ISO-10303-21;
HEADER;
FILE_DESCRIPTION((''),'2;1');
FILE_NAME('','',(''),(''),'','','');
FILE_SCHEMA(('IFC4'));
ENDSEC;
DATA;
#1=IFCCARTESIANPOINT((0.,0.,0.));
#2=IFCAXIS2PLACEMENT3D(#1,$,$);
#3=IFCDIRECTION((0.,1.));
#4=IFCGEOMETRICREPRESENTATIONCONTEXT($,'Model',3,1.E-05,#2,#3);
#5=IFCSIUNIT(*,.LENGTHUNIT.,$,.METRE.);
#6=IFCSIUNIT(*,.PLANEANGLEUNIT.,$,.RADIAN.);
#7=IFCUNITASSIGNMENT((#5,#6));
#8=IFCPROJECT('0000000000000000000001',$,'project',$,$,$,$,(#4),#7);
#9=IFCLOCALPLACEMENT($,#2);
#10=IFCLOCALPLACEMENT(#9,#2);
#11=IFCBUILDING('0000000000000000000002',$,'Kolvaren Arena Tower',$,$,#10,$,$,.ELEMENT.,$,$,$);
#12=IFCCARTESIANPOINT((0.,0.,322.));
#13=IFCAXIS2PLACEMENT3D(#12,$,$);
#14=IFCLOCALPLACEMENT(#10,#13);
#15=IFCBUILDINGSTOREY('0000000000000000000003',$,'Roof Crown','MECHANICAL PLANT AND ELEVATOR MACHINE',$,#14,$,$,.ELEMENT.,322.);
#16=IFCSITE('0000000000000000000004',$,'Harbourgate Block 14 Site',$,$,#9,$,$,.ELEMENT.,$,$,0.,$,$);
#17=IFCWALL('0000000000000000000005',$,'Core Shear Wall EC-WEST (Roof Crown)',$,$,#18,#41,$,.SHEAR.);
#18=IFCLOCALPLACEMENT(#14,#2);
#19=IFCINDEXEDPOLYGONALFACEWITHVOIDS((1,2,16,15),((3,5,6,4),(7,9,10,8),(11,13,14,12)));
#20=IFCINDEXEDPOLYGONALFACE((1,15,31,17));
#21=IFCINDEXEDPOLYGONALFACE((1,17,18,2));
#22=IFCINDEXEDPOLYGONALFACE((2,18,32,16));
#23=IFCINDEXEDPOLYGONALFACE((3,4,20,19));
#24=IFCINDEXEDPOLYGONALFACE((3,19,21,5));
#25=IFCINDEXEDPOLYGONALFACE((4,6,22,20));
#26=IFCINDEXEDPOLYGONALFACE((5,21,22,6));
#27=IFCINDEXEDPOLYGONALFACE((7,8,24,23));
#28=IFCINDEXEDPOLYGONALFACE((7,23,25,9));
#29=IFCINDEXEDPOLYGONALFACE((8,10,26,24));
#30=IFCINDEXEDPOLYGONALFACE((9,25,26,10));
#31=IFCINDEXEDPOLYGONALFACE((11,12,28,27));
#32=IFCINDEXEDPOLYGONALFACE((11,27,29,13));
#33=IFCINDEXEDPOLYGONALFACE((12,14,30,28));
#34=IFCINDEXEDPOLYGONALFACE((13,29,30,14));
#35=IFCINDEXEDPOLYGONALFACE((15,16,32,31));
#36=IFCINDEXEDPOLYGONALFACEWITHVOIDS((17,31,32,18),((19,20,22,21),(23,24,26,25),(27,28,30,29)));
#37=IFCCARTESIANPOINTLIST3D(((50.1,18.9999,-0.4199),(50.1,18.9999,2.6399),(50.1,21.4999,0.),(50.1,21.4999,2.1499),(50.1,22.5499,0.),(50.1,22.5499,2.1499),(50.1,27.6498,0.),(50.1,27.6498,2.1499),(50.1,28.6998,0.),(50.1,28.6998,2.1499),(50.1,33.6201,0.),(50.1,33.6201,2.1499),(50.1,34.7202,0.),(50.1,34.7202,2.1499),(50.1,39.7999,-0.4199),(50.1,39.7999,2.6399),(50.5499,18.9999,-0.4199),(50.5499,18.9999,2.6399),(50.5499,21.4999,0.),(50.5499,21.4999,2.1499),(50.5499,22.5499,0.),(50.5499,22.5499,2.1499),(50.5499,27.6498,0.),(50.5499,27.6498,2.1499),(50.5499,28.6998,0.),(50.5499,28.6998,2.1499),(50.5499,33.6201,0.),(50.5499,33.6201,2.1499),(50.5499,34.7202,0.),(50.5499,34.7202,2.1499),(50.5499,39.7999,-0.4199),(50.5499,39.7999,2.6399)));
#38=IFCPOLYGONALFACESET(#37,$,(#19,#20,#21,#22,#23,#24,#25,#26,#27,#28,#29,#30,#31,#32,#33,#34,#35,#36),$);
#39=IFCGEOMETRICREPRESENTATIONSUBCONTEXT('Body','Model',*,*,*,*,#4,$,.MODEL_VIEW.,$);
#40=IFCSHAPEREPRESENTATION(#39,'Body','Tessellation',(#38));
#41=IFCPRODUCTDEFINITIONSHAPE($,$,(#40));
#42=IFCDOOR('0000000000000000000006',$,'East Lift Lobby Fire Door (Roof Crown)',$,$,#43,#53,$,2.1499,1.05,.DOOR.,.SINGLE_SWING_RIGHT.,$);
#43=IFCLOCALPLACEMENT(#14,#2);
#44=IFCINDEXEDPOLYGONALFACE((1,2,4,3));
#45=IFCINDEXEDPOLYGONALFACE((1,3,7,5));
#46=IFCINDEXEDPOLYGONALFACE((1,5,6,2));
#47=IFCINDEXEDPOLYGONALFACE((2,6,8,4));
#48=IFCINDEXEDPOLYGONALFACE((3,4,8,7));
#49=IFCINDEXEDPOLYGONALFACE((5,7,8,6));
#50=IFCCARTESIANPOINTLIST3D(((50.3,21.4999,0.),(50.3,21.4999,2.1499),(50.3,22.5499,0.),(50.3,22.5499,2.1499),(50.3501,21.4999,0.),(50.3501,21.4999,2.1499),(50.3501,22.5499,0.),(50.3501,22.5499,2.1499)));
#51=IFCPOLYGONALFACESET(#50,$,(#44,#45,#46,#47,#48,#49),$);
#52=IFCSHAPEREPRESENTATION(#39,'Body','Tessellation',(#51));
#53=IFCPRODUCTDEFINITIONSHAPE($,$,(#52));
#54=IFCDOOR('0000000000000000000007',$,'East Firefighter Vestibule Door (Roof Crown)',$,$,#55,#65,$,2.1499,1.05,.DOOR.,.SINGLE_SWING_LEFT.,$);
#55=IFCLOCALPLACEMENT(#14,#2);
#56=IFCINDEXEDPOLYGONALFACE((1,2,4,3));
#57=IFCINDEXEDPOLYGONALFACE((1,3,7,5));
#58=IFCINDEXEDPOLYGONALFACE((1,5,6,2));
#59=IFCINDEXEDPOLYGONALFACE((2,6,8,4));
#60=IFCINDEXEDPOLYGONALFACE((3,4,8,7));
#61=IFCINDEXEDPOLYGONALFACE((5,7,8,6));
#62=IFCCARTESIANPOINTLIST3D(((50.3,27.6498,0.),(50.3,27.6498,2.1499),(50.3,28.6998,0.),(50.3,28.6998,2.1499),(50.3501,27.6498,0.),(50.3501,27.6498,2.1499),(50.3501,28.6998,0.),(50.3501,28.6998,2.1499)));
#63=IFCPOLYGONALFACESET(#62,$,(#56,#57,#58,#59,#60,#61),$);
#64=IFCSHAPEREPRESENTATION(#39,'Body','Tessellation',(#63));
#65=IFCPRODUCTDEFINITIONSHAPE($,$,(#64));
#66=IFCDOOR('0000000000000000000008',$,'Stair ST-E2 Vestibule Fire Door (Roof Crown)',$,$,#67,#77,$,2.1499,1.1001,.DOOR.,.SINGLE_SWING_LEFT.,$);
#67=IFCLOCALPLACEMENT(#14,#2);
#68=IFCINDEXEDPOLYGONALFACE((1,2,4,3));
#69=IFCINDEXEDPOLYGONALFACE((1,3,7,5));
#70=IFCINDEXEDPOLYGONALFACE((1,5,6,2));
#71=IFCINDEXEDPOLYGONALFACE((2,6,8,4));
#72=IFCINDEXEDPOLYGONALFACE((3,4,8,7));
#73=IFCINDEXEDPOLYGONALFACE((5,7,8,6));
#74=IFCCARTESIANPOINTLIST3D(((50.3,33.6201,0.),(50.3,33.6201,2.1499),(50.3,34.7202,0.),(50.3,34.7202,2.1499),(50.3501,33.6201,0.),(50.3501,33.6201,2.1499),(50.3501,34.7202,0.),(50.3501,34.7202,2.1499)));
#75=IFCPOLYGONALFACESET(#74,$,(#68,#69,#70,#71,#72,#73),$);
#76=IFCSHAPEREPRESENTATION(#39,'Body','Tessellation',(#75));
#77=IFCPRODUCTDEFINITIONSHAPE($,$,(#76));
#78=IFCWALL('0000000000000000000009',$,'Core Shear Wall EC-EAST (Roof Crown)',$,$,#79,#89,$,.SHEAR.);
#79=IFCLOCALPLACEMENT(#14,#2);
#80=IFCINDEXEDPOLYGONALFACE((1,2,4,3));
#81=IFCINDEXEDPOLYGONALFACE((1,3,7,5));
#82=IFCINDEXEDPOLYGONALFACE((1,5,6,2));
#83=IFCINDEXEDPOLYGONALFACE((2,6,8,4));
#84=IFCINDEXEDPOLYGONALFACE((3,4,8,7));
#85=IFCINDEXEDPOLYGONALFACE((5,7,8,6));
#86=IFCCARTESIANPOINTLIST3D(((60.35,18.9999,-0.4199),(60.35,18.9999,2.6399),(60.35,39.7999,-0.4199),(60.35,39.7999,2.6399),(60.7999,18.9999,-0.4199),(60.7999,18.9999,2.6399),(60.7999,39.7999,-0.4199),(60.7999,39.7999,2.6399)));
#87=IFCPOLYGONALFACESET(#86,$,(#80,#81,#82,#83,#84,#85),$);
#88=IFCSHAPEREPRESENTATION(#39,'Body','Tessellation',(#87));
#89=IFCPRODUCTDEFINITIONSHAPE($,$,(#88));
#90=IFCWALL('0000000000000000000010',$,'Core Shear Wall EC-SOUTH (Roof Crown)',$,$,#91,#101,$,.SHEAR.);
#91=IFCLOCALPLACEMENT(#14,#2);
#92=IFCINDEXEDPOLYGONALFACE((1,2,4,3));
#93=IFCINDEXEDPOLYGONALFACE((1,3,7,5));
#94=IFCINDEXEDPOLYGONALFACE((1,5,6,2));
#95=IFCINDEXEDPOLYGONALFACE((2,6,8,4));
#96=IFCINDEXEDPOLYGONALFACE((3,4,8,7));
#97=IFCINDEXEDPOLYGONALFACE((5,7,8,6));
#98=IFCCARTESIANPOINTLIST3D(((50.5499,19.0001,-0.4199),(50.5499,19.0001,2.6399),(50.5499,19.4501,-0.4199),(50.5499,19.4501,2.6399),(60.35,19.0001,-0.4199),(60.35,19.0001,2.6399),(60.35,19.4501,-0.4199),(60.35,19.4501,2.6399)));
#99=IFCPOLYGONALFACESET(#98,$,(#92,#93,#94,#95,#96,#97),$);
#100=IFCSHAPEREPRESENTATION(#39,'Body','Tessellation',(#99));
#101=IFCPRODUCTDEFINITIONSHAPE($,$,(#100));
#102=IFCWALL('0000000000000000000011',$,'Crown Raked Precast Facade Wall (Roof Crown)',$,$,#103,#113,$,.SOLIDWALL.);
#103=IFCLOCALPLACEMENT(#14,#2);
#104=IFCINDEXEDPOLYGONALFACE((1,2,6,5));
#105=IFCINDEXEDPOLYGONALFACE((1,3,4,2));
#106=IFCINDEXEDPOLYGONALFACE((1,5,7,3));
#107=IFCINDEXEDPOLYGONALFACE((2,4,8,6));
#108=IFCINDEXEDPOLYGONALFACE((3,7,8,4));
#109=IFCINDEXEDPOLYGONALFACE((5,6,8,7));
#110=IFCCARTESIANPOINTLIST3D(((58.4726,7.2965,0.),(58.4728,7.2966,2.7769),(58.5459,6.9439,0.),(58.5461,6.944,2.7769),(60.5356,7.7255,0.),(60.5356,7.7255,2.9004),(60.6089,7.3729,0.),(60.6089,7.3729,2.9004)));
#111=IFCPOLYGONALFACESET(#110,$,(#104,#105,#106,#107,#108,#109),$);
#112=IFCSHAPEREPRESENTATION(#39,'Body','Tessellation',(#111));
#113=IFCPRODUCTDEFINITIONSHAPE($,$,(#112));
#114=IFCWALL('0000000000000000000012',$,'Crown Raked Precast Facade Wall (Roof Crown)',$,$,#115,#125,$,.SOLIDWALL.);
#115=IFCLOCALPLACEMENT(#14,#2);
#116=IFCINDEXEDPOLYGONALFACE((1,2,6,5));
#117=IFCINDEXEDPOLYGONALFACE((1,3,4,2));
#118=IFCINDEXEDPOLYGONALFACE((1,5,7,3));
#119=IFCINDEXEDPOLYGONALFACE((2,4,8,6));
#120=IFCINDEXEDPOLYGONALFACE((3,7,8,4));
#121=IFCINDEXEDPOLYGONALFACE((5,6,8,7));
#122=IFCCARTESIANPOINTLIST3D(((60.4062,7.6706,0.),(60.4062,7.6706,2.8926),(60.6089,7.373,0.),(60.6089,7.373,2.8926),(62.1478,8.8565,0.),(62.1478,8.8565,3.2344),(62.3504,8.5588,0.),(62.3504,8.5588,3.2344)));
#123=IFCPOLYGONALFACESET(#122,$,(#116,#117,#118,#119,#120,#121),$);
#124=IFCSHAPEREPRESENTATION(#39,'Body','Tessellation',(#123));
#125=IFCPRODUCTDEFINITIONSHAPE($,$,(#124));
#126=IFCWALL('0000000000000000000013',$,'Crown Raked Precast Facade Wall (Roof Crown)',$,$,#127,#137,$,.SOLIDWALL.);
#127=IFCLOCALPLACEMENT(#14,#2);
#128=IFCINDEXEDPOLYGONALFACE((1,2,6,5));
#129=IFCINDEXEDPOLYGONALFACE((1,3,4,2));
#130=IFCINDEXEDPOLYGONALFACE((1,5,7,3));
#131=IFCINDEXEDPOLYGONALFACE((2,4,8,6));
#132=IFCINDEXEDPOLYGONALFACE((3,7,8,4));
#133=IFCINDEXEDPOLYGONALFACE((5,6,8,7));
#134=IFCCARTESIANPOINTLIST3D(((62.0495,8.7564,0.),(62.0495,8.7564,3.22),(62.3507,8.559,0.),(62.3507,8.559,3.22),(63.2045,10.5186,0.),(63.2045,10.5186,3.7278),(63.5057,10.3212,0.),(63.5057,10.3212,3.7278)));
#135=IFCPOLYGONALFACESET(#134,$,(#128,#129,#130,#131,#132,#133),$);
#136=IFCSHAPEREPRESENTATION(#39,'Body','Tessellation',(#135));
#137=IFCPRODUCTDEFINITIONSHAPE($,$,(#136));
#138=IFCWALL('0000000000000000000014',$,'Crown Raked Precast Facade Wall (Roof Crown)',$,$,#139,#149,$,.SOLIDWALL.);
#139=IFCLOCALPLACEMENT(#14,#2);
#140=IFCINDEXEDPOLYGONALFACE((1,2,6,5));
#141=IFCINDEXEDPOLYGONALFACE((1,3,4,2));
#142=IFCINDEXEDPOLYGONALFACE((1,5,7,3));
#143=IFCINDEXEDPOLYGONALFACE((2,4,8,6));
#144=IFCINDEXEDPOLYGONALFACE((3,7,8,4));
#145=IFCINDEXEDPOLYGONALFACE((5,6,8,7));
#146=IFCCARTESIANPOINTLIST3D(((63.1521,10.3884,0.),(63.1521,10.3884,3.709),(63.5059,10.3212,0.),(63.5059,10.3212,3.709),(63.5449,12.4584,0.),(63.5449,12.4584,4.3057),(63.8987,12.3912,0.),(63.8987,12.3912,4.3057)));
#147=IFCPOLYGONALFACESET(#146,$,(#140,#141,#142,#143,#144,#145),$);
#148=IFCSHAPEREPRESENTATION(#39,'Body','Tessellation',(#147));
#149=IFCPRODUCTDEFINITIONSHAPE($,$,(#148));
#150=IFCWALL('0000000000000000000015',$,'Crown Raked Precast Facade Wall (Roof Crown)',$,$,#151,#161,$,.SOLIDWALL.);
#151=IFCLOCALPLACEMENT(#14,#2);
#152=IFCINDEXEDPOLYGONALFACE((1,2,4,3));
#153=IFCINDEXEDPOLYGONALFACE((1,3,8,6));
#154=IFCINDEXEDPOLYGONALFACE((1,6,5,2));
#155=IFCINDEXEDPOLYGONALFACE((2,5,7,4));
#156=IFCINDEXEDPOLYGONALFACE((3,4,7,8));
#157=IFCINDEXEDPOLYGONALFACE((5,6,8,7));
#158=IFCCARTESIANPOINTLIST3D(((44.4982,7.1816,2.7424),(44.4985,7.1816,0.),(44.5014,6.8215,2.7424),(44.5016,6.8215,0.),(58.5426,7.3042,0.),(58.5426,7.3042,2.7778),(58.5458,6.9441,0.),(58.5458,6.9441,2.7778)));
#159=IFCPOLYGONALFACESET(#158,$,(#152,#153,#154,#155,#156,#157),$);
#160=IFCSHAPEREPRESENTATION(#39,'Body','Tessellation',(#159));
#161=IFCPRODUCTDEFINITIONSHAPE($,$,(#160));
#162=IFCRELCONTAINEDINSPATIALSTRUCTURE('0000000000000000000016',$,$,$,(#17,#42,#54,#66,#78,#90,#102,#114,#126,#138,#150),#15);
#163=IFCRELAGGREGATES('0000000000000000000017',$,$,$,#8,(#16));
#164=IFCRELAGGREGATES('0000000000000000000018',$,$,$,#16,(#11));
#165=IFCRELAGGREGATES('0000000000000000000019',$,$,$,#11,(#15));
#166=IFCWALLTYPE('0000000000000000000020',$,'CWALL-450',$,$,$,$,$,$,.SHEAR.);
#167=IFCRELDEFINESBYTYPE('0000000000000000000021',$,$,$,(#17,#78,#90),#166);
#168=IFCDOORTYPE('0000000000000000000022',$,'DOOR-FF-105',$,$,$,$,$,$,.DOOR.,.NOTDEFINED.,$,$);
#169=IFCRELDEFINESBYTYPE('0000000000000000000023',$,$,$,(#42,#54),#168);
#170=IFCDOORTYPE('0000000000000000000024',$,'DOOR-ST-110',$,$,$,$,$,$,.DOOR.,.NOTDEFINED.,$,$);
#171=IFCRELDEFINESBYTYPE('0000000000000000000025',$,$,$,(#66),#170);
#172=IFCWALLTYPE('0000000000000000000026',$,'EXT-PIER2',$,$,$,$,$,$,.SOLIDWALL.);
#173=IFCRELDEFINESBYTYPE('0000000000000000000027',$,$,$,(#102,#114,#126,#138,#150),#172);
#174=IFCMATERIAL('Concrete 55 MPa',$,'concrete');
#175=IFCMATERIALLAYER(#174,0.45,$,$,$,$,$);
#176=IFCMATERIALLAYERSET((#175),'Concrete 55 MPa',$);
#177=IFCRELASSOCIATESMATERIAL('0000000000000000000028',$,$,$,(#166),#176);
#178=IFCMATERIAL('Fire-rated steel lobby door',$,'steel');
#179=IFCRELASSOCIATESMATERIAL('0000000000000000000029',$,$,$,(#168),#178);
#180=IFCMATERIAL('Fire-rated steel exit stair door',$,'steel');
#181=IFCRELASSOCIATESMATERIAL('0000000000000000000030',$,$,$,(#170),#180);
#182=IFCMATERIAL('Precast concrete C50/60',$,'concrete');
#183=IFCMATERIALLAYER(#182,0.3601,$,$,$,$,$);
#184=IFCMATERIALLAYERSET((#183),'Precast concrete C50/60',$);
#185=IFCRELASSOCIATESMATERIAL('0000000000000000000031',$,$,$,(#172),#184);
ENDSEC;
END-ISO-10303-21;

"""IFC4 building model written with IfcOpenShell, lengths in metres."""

from ifc_helpers import new_model, si_unit, direction, frame, frame_2d, origin, place, context, subcontext, project, spatial, polyline, rectangle, outline, extrude, material, layer, layer_set, type_object, element, fill, save


model = new_model("IFC4")

# Units and contexts
model_context = context("Model", 3, precision=1e-05, world=origin(), true_north=direction((0.0, 1.0)))
body_context = subcontext(model_context, "Body", "Model", "MODEL_VIEW")
ifc_project = project(units=[si_unit("LENGTHUNIT", "METRE"), si_unit("PLANEANGLEUNIT", "RADIAN")], contexts=[model_context])

# Site, building, storey
site_placement = place(None, origin())
site = spatial("IfcSite", under=ifc_project, at=site_placement, Name="Harbourgate Block 14 Site", CompositionType="ELEMENT", RefElevation=0.0)
building_placement = place(site_placement, origin())
building = spatial("IfcBuilding", under=site, at=building_placement, Name="Kolvaren Arena Tower", CompositionType="ELEMENT")
storey_placement = place(building_placement, frame((0.0, 0.0, 322.0)))
storey = spatial("IfcBuildingStorey", under=building, at=storey_placement, Name="Roof Crown", Description="MECHANICAL PLANT AND ELEVATOR MACHINE", CompositionType="ELEMENT", Elevation=322.0)

# Shared definitions
ifc_material_1 = material(Name="Precast concrete C50/60", Category="concrete")

# Wall, openings, doors
ifc_material_2 = material(Name="Concrete 55 MPa", Category="concrete")
ifc_layer_1 = layer(ifc_material_2, 0.45)
ifc_layer_set_1 = layer_set([ifc_layer_1], Name="Concrete 55 MPa")
wall_type_1 = type_object("IfcWallType", Name="CWALL-450", PredefinedType="SHEAR", material=ifc_layer_set_1)
wall_1_placement = place(storey_placement, frame((50.325, 19.0, -0.4199), z_axis=(0.0, 0.0, 1.0), x_axis=(0.0, 1.0, 0.0)))
wall_1 = element("IfcWall", 1, at=wall_1_placement, inside=storey, type_object=wall_type_1, Name="Core Shear Wall EC-WEST (Roof Crown)", PredefinedType="SHEAR", context=body_context, shape_type="SweptSolid", body=[
    extrude(rectangle(XDim=20.8, YDim=0.45, at=frame_2d((10.3999, 0.0))), origin(), (0.0, 0.0, 1.0), 3.0598),
])
opening_1_placement = place(wall_1_placement, frame((2.5, 0.0, 0.4199)))
opening_1 = element("IfcOpeningElement", 2, at=opening_1_placement, cuts=wall_1, PredefinedType="OPENING", context=body_context, shape_type="SweptSolid", body=[
    extrude(rectangle(XDim=1.05, YDim=2.1499, at=frame_2d((0.5249, 1.075))), frame((0.0, 0.2349, 0.0), z_axis=(0.0, -1.0, 0.0), x_axis=(1.0, 0.0, 0.0)), (0.0, 0.0, 1.0), 0.47),
])
opening_2_placement = place(wall_1_placement, frame((8.6499, 0.0, 0.4199)))
opening_2 = element("IfcOpeningElement", 3, at=opening_2_placement, cuts=wall_1, PredefinedType="OPENING", context=body_context, shape_type="SweptSolid", body=[
    extrude(rectangle(XDim=1.05, YDim=2.1499, at=frame_2d((0.5249, 1.075))), frame((0.0, 0.2349, 0.0), z_axis=(0.0, -1.0, 0.0), x_axis=(1.0, 0.0, 0.0)), (0.0, 0.0, 1.0), 0.47),
])
opening_3_placement = place(wall_1_placement, frame((14.6201, 0.0, 0.4199)))
opening_3 = element("IfcOpeningElement", 4, at=opening_3_placement, cuts=wall_1, PredefinedType="OPENING", context=body_context, shape_type="SweptSolid", body=[
    extrude(rectangle(XDim=1.1001, YDim=2.1499, at=frame_2d((0.55, 1.075))), frame((0.0, 0.2349, 0.0), z_axis=(0.0, -1.0, 0.0), x_axis=(1.0, 0.0, 0.0)), (0.0, 0.0, 1.0), 0.47),
])
ifc_material_3 = material(Name="Fire-rated steel lobby door", Category="steel")
door_type_1 = type_object("IfcDoorType", Name="DOOR-FF-105", OperationType="NOTDEFINED", PredefinedType="DOOR", material=ifc_material_3)
door_1_placement = place(opening_1_placement, origin())
door_1 = element("IfcDoor", 5, at=door_1_placement, inside=storey, type_object=door_type_1, Name="East Lift Lobby Fire Door (Roof Crown)", OperationType="SINGLE_SWING_RIGHT", OverallHeight=2.1499, OverallWidth=1.05, PredefinedType="DOOR", context=body_context, shape_type="SweptSolid", body=[
    extrude(rectangle(XDim=1.05, YDim=2.1499, at=frame_2d((0.5249, 1.075))), frame((0.0, 0.0249, 0.0), z_axis=(0.0, -1.0, 0.0), x_axis=(1.0, 0.0, 0.0)), (0.0, 0.0, 1.0), 0.05),
])
fill(opening_1, door_1)
door_2_placement = place(opening_2_placement, origin())
door_2 = element("IfcDoor", 6, at=door_2_placement, inside=storey, type_object=door_type_1, Name="East Firefighter Vestibule Door (Roof Crown)", OperationType="SINGLE_SWING_LEFT", OverallHeight=2.1499, OverallWidth=1.05, PredefinedType="DOOR", context=body_context, shape_type="SweptSolid", body=[
    extrude(rectangle(XDim=1.05, YDim=2.1499, at=frame_2d((0.5249, 1.075))), frame((0.0, 0.0249, 0.0), z_axis=(0.0, -1.0, 0.0), x_axis=(1.0, 0.0, 0.0)), (0.0, 0.0, 1.0), 0.05),
])
fill(opening_2, door_2)
ifc_material_4 = material(Name="Fire-rated steel exit stair door", Category="steel")
door_type_2 = type_object("IfcDoorType", Name="DOOR-ST-110", OperationType="NOTDEFINED", PredefinedType="DOOR", material=ifc_material_4)
door_3_placement = place(opening_3_placement, origin())
door_3 = element("IfcDoor", 7, at=door_3_placement, inside=storey, type_object=door_type_2, Name="Stair ST-E2 Vestibule Fire Door (Roof Crown)", OperationType="SINGLE_SWING_LEFT", OverallHeight=2.1499, OverallWidth=1.1001, PredefinedType="DOOR", context=body_context, shape_type="SweptSolid", body=[
    extrude(rectangle(XDim=1.1001, YDim=2.1499, at=frame_2d((0.55, 1.075))), frame((0.0, 0.0249, 0.0), z_axis=(0.0, -1.0, 0.0), x_axis=(1.0, 0.0, 0.0)), (0.0, 0.0, 1.0), 0.05),
])
fill(opening_3, door_3)

# Walls
wall_2_placement = place(storey_placement, frame((60.575, 19.0, -0.4199), z_axis=(0.0, 0.0, 1.0), x_axis=(0.0, 1.0, 0.0)))
element("IfcWall", 8, at=wall_2_placement, inside=storey, type_object=wall_type_1, Name="Core Shear Wall EC-EAST (Roof Crown)", PredefinedType="SHEAR", context=body_context, shape_type="SweptSolid", body=[
    extrude(rectangle(XDim=20.8, YDim=0.45, at=frame_2d((10.3999, 0.0))), origin(), (0.0, 0.0, 1.0), 3.0598),
])
wall_3_placement = place(storey_placement, frame((50.55, 19.2251, -0.4199), z_axis=(0.0, 0.0, 1.0), x_axis=(1.0, 0.0, 0.0)))
element("IfcWall", 9, at=wall_3_placement, inside=storey, type_object=wall_type_1, Name="Core Shear Wall EC-SOUTH (Roof Crown)", PredefinedType="SHEAR", context=body_context, shape_type="SweptSolid", body=[
    extrude(rectangle(XDim=9.8, YDim=0.45, at=frame_2d((4.8999, 0.0))), origin(), (0.0, 0.0, 1.0), 3.0598),
])
ifc_layer_2 = layer(ifc_material_1, 0.3601)
ifc_layer_set_2 = layer_set([ifc_layer_2], Name="Precast concrete C50/60")
wall_type_2 = type_object("IfcWallType", Name="EXT-PIER2", PredefinedType="SOLIDWALL", material=ifc_layer_set_2)
wall_4_placement = place(storey_placement, frame((60.5723, 7.5493, 0.0), z_axis=(0.0, 0.0, 1.0), x_axis=(-0.979059, -0.203575, 0.0)))
element("IfcWall", 10, at=wall_4_placement, inside=storey, type_object=wall_type_2, Name="Crown Raked Precast Facade Wall (Roof Crown)", PredefinedType="SOLIDWALL", context=body_context, shape_type="SweptSolid", body=[
    extrude(outline(polyline([(0.0, 0.0), (2.1072, 0.0), (2.1069, 2.7769), (0.0, 2.9004), (0.0, 0.0)])), frame((0.0, 0.1802, 0.0), z_axis=(0.0, -1.0, 0.0), x_axis=(1.0, 0.0, 0.0)), (0.0, 0.0, 1.0), 0.3601),
])
wall_5_placement = place(storey_placement, frame((62.249, 8.7078, 0.0), z_axis=(0.0, 0.0, 1.0), x_axis=(-0.826573, -0.56283, 0.0)))
element("IfcWall", 11, at=wall_5_placement, inside=storey, type_object=wall_type_2, Name="Crown Raked Precast Facade Wall (Roof Crown)", PredefinedType="SOLIDWALL", context=body_context, shape_type="SweptSolid", body=[
    extrude(outline(polyline([(0.0, 0.0), (2.1069, 0.0), (2.1069, 2.8926), (0.0, 3.2344), (0.0, 0.0)])), frame((0.0, 0.1802, 0.0), z_axis=(0.0, -1.0, 0.0), x_axis=(1.0, 0.0, 0.0)), (0.0, 0.0, 1.0), 0.3601),
])
wall_6_placement = place(storey_placement, frame((63.355, 10.4199, 0.0), z_axis=(0.0, 0.0, 1.0), x_axis=(-0.548186, -0.836357, 0.0)))
element("IfcWall", 12, at=wall_6_placement, inside=storey, type_object=wall_type_2, Name="Crown Raked Precast Facade Wall (Roof Crown)", PredefinedType="SOLIDWALL", context=body_context, shape_type="SweptSolid", body=[
    extrude(outline(polyline([(0.0, 0.0), (2.1069, 0.0), (2.1069, 3.22), (0.0, 3.7278), (0.0, 0.0)])), frame((0.0, 0.1802, 0.0), z_axis=(0.0, -1.0, 0.0), x_axis=(1.0, 0.0, 0.0)), (0.0, 0.0, 1.0), 0.3601),
])
wall_7_placement = place(storey_placement, frame((63.7217, 12.4248, 0.0), z_axis=(0.0, 0.0, 1.0), x_axis=(-0.186436, -0.982467, 0.0)))
element("IfcWall", 13, at=wall_7_placement, inside=storey, type_object=wall_type_2, Name="Crown Raked Precast Facade Wall (Roof Crown)", PredefinedType="SOLIDWALL", context=body_context, shape_type="SweptSolid", body=[
    extrude(outline(polyline([(0.0, 0.0), (2.1069, 0.0), (2.1069, 3.709), (0.0, 4.3057), (0.0, 0.0)])), frame((0.0, 0.1802, 0.0), z_axis=(0.0, -1.0, 0.0), x_axis=(1.0, 0.0, 0.0)), (0.0, 0.0, 1.0), 0.3601),
])
wall_8_placement = place(storey_placement, frame((58.5442, 7.1243, 0.0), z_axis=(0.0, 0.0, 1.0), x_axis=(-0.999962, -0.008726, 0.0)))
element("IfcWall", 14, at=wall_8_placement, inside=storey, type_object=wall_type_2, Name="Crown Raked Precast Facade Wall (Roof Crown)", PredefinedType="SOLIDWALL", context=body_context, shape_type="SweptSolid", body=[
    extrude(outline(polyline([(0.0, 0.0), (14.0447, 0.0), (14.0449, 2.7424), (0.0, 2.7778), (0.0, 0.0)])), frame((0.0, 0.1802, 0.0), z_axis=(0.0, -1.0, 0.0), x_axis=(1.0, 0.0, 0.0)), (0.0, 0.0, 1.0), 0.3601),
])

save(model, "model.ifc")
